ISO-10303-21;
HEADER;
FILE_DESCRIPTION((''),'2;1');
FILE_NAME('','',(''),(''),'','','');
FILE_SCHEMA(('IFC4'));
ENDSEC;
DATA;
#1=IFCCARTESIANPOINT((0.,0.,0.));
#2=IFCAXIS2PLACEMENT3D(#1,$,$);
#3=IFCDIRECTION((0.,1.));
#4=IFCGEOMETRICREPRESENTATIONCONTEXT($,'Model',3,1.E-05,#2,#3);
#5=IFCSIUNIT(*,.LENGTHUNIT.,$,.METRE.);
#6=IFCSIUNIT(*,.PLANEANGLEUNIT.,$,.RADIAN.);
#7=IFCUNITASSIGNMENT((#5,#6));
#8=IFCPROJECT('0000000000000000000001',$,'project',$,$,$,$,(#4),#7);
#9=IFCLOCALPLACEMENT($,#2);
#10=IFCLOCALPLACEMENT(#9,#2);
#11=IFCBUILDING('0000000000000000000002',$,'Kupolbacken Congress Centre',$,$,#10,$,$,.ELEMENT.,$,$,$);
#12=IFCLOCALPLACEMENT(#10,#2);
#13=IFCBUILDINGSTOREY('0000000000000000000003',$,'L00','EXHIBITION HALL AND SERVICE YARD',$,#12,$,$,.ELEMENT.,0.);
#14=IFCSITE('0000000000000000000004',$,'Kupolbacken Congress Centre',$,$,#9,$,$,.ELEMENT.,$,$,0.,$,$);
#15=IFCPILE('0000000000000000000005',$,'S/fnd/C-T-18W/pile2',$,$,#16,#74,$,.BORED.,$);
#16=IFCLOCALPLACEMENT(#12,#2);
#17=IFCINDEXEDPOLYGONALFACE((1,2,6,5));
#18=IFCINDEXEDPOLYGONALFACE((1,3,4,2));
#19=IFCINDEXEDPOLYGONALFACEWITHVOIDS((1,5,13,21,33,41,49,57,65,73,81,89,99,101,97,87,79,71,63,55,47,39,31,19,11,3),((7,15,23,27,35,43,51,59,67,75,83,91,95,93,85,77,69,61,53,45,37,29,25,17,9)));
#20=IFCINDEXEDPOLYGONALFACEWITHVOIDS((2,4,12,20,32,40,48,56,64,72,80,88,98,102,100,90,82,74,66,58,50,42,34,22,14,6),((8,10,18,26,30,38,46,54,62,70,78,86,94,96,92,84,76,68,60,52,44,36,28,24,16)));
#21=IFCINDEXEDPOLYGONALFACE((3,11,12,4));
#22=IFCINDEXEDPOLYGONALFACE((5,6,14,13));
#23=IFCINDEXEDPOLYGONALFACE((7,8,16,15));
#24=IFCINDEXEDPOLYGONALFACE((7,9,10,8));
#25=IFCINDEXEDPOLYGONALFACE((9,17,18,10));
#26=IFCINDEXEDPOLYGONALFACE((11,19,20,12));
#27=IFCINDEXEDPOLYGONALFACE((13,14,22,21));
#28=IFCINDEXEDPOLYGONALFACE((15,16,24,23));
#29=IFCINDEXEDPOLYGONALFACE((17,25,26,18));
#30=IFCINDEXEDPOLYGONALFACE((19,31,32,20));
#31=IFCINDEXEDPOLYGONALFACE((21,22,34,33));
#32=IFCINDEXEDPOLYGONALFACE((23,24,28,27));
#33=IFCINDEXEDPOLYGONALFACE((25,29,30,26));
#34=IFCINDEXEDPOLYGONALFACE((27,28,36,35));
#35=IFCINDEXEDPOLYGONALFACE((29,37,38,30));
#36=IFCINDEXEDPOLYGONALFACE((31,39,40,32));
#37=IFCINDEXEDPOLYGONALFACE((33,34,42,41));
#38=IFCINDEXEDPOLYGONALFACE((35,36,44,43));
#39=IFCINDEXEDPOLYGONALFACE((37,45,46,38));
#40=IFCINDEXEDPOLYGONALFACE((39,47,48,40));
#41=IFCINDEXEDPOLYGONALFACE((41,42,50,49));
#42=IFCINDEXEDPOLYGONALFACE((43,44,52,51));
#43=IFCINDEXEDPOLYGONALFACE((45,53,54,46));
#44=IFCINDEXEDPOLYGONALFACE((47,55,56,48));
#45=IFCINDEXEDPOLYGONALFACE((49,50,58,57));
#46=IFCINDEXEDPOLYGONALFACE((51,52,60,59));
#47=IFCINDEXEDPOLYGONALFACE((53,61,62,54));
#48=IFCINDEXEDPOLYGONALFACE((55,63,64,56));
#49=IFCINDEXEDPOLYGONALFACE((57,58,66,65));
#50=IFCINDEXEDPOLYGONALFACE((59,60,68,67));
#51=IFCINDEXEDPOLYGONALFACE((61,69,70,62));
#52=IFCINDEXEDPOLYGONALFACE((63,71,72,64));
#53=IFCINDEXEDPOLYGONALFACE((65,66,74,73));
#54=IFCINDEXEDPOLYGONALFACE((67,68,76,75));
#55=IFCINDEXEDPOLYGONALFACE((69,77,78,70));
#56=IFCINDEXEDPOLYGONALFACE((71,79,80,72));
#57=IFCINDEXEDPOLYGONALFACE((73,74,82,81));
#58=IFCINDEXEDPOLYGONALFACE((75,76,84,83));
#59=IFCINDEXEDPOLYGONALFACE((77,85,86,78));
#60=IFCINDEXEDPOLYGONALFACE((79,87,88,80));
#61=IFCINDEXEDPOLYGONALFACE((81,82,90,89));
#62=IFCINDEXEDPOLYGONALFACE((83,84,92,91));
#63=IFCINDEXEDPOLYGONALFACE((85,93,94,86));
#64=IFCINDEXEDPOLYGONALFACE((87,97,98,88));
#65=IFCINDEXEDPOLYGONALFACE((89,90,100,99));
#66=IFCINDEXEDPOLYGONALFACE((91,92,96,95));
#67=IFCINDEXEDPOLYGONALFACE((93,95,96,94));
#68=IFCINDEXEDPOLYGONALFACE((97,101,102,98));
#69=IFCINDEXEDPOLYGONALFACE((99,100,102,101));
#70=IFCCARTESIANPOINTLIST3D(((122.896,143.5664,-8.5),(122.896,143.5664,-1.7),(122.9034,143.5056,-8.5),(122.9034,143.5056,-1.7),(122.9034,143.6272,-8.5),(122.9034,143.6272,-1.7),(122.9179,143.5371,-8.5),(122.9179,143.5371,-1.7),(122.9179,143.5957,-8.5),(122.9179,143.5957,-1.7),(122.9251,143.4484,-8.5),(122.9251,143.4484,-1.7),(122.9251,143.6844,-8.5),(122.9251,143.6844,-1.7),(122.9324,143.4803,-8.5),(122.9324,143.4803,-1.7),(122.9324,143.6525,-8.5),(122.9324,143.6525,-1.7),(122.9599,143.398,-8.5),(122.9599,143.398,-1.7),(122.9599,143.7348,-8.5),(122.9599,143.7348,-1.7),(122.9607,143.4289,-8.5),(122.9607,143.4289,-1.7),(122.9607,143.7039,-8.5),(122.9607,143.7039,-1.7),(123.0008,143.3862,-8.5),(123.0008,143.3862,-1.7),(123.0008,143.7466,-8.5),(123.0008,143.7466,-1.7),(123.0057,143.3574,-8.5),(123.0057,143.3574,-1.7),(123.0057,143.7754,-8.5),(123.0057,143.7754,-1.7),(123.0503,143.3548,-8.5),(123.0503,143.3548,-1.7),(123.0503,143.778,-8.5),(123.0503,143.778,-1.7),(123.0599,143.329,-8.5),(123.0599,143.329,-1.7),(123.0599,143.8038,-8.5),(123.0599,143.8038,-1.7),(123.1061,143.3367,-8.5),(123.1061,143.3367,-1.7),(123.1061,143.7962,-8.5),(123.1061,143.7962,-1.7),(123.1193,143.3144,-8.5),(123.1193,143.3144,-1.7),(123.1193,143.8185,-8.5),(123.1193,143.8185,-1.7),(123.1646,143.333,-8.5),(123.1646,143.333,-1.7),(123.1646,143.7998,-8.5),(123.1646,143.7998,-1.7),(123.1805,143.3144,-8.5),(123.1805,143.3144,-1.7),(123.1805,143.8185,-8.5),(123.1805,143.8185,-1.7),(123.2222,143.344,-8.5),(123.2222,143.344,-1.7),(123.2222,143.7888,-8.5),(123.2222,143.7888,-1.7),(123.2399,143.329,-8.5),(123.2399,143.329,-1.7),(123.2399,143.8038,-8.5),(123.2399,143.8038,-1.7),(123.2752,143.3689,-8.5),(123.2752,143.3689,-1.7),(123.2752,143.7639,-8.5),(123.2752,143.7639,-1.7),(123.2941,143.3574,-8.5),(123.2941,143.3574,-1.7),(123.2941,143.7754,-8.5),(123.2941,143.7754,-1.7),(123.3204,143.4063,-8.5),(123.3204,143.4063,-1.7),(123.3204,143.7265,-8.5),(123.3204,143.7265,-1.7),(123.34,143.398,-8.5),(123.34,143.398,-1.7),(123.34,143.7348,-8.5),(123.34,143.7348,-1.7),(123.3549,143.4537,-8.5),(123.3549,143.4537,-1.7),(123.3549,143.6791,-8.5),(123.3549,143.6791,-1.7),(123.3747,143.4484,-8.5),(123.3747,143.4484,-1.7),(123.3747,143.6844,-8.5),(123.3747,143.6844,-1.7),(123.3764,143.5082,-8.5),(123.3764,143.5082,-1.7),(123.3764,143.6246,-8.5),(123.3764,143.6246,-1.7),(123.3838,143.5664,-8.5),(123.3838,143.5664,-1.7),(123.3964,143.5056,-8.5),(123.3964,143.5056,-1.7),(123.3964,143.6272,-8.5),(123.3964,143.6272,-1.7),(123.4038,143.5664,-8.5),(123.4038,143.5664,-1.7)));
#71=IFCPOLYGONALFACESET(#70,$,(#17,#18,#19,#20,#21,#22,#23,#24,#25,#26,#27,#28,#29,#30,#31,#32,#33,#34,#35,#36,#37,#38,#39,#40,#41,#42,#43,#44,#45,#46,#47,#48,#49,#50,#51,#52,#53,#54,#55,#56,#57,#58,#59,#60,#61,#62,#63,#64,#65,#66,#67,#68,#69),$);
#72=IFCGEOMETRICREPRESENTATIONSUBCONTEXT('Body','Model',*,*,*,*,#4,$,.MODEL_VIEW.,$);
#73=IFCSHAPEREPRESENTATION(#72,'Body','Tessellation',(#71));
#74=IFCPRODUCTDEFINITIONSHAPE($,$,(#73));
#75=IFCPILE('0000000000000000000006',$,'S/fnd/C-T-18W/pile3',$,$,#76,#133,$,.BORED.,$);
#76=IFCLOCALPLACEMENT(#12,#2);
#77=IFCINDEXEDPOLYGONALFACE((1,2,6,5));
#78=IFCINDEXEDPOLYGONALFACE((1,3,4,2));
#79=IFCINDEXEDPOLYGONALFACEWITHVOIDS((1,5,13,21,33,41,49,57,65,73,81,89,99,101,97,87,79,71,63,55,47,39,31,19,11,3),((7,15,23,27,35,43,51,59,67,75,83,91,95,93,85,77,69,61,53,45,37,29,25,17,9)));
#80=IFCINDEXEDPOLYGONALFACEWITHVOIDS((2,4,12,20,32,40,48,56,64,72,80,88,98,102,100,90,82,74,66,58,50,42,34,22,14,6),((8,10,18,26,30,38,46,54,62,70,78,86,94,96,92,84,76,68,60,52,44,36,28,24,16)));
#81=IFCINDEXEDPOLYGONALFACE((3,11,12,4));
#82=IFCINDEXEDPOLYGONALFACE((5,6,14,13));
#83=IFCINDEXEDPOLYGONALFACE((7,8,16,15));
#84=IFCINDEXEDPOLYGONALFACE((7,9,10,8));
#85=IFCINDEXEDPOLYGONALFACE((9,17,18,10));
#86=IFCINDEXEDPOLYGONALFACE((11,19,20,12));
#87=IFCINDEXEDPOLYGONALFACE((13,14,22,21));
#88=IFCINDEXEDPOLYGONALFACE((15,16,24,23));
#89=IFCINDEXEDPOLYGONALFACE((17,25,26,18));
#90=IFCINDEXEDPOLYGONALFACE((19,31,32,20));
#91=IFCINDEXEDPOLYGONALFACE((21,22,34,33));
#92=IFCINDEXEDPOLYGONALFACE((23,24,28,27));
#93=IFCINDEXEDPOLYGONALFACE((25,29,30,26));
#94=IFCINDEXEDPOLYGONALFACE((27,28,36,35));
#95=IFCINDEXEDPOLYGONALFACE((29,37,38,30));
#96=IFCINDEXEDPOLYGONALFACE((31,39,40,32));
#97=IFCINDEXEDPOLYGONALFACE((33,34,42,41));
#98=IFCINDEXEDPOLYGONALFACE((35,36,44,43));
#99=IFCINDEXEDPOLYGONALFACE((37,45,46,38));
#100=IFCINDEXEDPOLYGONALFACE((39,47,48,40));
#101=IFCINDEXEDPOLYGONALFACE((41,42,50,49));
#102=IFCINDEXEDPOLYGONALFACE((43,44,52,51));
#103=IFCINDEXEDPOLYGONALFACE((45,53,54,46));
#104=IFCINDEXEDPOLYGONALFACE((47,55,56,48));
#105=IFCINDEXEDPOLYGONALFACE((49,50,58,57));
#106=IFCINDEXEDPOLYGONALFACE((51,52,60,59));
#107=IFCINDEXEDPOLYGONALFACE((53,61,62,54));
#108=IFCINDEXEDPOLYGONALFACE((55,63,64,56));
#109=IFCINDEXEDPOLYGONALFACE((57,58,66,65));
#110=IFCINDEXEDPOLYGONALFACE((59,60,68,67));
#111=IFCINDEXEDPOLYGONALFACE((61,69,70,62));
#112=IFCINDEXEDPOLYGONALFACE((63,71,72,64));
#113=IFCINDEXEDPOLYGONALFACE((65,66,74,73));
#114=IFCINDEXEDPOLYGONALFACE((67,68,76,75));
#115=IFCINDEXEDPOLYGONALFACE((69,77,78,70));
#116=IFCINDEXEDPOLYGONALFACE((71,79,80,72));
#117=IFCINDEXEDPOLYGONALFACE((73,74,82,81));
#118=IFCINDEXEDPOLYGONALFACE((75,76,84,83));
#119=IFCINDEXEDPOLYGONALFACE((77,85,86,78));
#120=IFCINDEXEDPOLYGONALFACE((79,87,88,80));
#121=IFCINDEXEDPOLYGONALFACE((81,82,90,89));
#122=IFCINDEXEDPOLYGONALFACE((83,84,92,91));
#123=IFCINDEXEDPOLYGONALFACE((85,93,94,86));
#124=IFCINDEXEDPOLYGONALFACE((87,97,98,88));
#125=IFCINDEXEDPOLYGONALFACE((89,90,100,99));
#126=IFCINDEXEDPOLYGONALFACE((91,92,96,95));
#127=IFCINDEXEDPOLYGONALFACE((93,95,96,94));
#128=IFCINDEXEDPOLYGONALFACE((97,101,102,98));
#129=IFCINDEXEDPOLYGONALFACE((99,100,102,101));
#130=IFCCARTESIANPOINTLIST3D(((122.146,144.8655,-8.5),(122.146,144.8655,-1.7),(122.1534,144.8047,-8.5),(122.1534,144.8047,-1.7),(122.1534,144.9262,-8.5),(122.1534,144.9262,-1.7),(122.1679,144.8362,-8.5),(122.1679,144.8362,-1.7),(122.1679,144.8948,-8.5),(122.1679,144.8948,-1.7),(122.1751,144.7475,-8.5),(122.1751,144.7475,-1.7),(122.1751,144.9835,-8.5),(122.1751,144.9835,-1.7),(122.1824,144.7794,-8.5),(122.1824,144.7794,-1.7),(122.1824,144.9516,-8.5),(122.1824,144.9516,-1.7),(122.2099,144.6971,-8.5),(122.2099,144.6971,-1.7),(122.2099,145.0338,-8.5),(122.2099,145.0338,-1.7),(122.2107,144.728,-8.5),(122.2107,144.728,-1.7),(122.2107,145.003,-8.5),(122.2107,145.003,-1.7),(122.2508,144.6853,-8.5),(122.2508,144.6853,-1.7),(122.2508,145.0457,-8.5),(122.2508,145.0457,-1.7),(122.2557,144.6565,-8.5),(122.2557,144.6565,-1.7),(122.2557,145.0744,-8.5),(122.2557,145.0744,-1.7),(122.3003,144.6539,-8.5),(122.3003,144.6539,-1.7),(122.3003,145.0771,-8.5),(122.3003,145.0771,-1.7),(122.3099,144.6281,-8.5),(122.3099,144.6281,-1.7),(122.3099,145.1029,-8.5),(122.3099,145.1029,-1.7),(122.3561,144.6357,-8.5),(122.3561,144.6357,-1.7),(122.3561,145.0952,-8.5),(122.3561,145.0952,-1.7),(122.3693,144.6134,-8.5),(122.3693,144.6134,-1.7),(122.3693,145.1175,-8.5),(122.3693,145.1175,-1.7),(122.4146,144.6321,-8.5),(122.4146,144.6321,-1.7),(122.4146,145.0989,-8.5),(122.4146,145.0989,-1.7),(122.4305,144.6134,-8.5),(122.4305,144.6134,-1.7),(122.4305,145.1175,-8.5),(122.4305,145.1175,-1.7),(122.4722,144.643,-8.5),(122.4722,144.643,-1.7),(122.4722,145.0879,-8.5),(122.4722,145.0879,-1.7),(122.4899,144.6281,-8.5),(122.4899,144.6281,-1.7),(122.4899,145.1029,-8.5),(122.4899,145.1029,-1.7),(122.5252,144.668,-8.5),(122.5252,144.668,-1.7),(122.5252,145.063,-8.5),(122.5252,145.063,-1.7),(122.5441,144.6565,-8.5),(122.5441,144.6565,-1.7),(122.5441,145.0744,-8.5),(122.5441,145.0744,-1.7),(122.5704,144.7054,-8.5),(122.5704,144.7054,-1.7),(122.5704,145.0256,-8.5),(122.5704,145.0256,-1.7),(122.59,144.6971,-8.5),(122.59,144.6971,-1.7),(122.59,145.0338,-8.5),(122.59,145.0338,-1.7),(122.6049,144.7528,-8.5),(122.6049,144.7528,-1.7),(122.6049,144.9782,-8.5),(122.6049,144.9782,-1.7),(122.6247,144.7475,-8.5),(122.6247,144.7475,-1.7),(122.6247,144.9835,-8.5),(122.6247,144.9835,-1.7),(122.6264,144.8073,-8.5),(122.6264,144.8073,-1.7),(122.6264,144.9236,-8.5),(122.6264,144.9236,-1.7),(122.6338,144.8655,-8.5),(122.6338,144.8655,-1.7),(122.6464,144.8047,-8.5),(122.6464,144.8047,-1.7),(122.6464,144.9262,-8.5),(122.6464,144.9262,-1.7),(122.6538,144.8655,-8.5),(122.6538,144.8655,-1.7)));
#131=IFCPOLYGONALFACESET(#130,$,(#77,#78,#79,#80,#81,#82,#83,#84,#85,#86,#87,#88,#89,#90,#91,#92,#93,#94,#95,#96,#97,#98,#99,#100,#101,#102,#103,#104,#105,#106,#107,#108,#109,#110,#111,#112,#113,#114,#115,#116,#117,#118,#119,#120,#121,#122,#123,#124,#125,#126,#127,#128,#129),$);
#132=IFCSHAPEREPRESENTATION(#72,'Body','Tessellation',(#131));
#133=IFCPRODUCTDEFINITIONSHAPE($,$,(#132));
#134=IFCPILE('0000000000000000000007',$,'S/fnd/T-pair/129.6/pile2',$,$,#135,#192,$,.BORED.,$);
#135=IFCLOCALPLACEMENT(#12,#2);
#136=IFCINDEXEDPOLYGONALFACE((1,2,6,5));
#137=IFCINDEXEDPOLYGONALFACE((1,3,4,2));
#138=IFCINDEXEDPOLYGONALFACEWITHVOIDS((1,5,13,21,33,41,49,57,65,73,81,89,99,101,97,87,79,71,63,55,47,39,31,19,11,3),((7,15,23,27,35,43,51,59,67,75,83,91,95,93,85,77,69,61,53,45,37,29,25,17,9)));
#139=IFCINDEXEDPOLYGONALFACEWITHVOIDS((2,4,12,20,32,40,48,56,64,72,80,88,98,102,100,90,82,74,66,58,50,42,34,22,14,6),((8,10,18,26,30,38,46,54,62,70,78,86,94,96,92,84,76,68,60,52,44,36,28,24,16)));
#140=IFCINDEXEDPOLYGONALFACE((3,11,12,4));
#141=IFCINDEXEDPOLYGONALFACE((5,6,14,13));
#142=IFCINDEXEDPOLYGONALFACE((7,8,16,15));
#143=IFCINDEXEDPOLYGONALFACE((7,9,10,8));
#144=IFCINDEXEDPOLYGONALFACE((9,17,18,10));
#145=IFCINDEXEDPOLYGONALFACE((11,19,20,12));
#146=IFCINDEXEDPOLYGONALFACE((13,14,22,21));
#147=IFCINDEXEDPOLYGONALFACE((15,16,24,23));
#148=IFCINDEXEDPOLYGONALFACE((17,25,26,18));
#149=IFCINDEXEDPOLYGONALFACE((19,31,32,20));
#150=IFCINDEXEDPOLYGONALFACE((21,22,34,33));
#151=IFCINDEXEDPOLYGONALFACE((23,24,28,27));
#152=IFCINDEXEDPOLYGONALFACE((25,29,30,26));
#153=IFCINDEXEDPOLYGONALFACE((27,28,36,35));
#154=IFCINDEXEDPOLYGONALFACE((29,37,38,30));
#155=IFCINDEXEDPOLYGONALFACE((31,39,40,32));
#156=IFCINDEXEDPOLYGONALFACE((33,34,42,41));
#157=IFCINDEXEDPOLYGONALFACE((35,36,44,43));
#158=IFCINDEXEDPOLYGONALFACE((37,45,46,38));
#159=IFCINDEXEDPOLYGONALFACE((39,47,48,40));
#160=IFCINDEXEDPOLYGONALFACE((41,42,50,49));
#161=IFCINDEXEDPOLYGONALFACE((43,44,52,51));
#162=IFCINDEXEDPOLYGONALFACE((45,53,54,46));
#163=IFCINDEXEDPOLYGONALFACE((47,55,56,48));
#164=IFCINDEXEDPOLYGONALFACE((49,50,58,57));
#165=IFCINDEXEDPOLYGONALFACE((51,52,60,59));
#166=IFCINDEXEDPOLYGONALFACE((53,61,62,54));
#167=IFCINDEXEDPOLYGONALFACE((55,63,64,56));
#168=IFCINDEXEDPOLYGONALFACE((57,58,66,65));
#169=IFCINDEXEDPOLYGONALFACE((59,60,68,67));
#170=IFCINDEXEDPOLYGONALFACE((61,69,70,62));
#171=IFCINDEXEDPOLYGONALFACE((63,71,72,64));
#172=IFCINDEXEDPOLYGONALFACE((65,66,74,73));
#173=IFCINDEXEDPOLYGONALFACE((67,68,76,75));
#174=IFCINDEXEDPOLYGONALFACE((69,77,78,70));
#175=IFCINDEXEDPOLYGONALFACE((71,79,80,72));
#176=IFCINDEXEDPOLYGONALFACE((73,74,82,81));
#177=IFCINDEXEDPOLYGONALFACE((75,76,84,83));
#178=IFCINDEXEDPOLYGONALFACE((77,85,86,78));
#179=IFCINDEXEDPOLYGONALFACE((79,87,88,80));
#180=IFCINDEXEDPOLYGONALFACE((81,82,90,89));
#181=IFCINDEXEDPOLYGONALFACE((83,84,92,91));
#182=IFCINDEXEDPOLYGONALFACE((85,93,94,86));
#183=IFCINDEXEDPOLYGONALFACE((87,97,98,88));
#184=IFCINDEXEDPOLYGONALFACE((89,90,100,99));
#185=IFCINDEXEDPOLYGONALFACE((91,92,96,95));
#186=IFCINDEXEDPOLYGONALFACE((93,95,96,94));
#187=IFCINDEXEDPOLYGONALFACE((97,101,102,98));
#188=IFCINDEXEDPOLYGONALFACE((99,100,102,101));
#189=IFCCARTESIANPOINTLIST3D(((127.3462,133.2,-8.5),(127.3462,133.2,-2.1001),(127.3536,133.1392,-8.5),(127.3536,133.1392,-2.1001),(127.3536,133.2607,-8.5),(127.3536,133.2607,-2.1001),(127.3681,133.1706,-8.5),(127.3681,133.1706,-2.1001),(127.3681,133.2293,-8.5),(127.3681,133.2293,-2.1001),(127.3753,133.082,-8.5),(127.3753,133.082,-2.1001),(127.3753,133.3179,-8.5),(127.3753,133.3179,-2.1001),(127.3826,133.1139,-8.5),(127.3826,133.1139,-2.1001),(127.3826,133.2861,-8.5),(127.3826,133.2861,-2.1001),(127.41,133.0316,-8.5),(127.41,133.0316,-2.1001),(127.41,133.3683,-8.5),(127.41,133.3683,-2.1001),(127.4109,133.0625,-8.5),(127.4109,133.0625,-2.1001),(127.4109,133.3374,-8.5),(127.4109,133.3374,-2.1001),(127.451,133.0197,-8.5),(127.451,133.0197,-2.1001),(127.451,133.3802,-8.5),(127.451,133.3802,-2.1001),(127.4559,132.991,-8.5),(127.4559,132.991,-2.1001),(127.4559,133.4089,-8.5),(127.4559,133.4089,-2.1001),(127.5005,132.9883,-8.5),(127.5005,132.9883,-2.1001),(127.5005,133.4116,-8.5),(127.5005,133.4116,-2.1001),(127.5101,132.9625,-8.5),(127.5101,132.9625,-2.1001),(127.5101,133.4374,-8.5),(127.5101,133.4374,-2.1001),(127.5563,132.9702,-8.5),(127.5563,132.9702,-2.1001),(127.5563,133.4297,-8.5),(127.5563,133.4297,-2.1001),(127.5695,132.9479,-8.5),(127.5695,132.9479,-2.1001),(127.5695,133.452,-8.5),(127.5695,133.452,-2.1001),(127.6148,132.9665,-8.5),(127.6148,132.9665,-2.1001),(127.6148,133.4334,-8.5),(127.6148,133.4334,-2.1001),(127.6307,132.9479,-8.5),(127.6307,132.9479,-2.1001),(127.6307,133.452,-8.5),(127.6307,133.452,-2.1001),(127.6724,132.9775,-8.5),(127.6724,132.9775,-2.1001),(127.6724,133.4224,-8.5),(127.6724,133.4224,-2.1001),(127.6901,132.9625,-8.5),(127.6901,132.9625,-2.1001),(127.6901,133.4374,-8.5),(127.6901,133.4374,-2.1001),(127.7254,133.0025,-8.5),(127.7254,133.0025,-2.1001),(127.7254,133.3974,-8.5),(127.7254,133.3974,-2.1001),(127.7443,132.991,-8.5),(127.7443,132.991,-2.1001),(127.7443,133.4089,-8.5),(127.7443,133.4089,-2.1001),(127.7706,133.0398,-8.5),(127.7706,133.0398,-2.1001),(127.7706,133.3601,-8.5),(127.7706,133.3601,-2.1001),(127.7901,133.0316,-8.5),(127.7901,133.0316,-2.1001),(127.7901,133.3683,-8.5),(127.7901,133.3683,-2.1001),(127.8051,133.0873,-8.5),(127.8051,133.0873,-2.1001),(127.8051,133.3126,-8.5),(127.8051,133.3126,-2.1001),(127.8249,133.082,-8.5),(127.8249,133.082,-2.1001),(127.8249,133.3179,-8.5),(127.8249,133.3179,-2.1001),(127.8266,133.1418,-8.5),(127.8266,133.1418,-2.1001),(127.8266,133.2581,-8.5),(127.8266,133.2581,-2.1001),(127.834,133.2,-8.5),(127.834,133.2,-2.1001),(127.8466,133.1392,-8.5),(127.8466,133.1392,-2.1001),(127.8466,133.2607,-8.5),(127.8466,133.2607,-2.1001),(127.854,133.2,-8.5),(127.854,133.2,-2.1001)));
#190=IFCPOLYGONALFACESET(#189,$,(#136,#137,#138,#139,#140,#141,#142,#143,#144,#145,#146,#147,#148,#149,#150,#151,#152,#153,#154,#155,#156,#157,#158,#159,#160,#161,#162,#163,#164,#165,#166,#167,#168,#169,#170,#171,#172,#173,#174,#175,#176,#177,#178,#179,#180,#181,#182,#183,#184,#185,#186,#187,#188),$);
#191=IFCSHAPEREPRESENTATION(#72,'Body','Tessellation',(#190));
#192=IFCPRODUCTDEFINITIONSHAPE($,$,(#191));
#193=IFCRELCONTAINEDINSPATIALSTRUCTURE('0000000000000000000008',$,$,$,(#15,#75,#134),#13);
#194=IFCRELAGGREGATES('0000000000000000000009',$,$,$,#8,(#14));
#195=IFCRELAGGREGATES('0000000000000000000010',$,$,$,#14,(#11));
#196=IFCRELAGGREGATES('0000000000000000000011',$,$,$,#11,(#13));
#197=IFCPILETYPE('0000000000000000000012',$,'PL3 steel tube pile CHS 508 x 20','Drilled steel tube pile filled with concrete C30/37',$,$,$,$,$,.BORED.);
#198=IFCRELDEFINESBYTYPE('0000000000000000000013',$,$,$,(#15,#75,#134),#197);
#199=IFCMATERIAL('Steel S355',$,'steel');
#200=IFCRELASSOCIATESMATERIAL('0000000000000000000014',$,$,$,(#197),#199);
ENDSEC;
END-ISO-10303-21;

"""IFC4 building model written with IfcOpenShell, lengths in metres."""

from ifc_helpers import new_model, si_unit, direction, frame, origin, origin_2d, place, context, subcontext, project, spatial, hollow_circle, extrude, material, material_profile, profile_set, type_object, element, save


model = new_model("IFC4")

# Units and contexts
model_context = context("Model", 3, precision=1e-05, world=origin(), true_north=direction((0.0, 1.0)))
body_context = subcontext(model_context, "Body", "Model", "MODEL_VIEW")
ifc_project = project(units=[si_unit("LENGTHUNIT", "METRE"), si_unit("PLANEANGLEUNIT", "RADIAN")], contexts=[model_context])

# Site, building, storey
site_placement = place(None, origin())
site = spatial("IfcSite", under=ifc_project, at=site_placement, Name="Kupolbacken Congress Centre", CompositionType="ELEMENT", RefElevation=0.0)
building_placement = place(site_placement, origin())
building = spatial("IfcBuilding", under=site, at=building_placement, Name="Kupolbacken Congress Centre", CompositionType="ELEMENT")
storey_placement = place(building_placement, origin())
storey = spatial("IfcBuildingStorey", under=building, at=storey_placement, Name="L00", Description="EXHIBITION HALL AND SERVICE YARD", CompositionType="ELEMENT", Elevation=0.0)

# Piles
ifc_material_1 = material(Name="Steel S355", Category="steel")
ifc_material_profile_1 = material_profile(ifc_material_1, hollow_circle(Radius=0.2539, WallThickness=0.02, at=origin_2d()), Name="CHS 508 x 20")
ifc_profile_set_1 = profile_set([ifc_material_profile_1], Name="Steel S355")
pile_type = type_object("IfcPileType", Name="PL3 steel tube pile CHS 508 x 20", Description="Drilled steel tube pile filled with concrete C30/37", PredefinedType="BORED", material=ifc_profile_set_1)
for number, where, z_axis, x_axis, name in (
    (1, (123.1499, 143.5664, -1.7), (0.0, 0.0, -1.0), (1.0, 0.0, 0.0), "S/fnd/C-T-18W/pile2"),
    (2, (122.3999, 144.8655, -1.7), (0.0, 0.0, -1.0), (1.0, 0.0, 0.0), "S/fnd/C-T-18W/pile3"),
):
    element("IfcPile", number, at=place(storey_placement, frame(where, z_axis=z_axis, x_axis=x_axis)), inside=storey, type_object=pile_type, Name=name, PredefinedType="BORED", context=body_context, shape_type="SweptSolid", body=[
        extrude(hollow_circle(Radius=0.2539, WallThickness=0.02, at=origin_2d()), origin(), (0.0, 0.0, 1.0), 6.8),
    ])
for number, where, z_axis, x_axis, name in (
    (3, (127.6001, 133.2, -2.1001), (0.0, 0.0, -1.0), (1.0, 0.0, 0.0), "S/fnd/T-pair/129.6/pile2"),
):
    element("IfcPile", number, at=place(storey_placement, frame(where, z_axis=z_axis, x_axis=x_axis)), inside=storey, type_object=pile_type, Name=name, PredefinedType="BORED", context=body_context, shape_type="SweptSolid", body=[
        extrude(hollow_circle(Radius=0.2539, WallThickness=0.02, at=origin_2d()), origin(), (0.0, 0.0, 1.0), 6.3999),
    ])

save(model, "model.ifc")
